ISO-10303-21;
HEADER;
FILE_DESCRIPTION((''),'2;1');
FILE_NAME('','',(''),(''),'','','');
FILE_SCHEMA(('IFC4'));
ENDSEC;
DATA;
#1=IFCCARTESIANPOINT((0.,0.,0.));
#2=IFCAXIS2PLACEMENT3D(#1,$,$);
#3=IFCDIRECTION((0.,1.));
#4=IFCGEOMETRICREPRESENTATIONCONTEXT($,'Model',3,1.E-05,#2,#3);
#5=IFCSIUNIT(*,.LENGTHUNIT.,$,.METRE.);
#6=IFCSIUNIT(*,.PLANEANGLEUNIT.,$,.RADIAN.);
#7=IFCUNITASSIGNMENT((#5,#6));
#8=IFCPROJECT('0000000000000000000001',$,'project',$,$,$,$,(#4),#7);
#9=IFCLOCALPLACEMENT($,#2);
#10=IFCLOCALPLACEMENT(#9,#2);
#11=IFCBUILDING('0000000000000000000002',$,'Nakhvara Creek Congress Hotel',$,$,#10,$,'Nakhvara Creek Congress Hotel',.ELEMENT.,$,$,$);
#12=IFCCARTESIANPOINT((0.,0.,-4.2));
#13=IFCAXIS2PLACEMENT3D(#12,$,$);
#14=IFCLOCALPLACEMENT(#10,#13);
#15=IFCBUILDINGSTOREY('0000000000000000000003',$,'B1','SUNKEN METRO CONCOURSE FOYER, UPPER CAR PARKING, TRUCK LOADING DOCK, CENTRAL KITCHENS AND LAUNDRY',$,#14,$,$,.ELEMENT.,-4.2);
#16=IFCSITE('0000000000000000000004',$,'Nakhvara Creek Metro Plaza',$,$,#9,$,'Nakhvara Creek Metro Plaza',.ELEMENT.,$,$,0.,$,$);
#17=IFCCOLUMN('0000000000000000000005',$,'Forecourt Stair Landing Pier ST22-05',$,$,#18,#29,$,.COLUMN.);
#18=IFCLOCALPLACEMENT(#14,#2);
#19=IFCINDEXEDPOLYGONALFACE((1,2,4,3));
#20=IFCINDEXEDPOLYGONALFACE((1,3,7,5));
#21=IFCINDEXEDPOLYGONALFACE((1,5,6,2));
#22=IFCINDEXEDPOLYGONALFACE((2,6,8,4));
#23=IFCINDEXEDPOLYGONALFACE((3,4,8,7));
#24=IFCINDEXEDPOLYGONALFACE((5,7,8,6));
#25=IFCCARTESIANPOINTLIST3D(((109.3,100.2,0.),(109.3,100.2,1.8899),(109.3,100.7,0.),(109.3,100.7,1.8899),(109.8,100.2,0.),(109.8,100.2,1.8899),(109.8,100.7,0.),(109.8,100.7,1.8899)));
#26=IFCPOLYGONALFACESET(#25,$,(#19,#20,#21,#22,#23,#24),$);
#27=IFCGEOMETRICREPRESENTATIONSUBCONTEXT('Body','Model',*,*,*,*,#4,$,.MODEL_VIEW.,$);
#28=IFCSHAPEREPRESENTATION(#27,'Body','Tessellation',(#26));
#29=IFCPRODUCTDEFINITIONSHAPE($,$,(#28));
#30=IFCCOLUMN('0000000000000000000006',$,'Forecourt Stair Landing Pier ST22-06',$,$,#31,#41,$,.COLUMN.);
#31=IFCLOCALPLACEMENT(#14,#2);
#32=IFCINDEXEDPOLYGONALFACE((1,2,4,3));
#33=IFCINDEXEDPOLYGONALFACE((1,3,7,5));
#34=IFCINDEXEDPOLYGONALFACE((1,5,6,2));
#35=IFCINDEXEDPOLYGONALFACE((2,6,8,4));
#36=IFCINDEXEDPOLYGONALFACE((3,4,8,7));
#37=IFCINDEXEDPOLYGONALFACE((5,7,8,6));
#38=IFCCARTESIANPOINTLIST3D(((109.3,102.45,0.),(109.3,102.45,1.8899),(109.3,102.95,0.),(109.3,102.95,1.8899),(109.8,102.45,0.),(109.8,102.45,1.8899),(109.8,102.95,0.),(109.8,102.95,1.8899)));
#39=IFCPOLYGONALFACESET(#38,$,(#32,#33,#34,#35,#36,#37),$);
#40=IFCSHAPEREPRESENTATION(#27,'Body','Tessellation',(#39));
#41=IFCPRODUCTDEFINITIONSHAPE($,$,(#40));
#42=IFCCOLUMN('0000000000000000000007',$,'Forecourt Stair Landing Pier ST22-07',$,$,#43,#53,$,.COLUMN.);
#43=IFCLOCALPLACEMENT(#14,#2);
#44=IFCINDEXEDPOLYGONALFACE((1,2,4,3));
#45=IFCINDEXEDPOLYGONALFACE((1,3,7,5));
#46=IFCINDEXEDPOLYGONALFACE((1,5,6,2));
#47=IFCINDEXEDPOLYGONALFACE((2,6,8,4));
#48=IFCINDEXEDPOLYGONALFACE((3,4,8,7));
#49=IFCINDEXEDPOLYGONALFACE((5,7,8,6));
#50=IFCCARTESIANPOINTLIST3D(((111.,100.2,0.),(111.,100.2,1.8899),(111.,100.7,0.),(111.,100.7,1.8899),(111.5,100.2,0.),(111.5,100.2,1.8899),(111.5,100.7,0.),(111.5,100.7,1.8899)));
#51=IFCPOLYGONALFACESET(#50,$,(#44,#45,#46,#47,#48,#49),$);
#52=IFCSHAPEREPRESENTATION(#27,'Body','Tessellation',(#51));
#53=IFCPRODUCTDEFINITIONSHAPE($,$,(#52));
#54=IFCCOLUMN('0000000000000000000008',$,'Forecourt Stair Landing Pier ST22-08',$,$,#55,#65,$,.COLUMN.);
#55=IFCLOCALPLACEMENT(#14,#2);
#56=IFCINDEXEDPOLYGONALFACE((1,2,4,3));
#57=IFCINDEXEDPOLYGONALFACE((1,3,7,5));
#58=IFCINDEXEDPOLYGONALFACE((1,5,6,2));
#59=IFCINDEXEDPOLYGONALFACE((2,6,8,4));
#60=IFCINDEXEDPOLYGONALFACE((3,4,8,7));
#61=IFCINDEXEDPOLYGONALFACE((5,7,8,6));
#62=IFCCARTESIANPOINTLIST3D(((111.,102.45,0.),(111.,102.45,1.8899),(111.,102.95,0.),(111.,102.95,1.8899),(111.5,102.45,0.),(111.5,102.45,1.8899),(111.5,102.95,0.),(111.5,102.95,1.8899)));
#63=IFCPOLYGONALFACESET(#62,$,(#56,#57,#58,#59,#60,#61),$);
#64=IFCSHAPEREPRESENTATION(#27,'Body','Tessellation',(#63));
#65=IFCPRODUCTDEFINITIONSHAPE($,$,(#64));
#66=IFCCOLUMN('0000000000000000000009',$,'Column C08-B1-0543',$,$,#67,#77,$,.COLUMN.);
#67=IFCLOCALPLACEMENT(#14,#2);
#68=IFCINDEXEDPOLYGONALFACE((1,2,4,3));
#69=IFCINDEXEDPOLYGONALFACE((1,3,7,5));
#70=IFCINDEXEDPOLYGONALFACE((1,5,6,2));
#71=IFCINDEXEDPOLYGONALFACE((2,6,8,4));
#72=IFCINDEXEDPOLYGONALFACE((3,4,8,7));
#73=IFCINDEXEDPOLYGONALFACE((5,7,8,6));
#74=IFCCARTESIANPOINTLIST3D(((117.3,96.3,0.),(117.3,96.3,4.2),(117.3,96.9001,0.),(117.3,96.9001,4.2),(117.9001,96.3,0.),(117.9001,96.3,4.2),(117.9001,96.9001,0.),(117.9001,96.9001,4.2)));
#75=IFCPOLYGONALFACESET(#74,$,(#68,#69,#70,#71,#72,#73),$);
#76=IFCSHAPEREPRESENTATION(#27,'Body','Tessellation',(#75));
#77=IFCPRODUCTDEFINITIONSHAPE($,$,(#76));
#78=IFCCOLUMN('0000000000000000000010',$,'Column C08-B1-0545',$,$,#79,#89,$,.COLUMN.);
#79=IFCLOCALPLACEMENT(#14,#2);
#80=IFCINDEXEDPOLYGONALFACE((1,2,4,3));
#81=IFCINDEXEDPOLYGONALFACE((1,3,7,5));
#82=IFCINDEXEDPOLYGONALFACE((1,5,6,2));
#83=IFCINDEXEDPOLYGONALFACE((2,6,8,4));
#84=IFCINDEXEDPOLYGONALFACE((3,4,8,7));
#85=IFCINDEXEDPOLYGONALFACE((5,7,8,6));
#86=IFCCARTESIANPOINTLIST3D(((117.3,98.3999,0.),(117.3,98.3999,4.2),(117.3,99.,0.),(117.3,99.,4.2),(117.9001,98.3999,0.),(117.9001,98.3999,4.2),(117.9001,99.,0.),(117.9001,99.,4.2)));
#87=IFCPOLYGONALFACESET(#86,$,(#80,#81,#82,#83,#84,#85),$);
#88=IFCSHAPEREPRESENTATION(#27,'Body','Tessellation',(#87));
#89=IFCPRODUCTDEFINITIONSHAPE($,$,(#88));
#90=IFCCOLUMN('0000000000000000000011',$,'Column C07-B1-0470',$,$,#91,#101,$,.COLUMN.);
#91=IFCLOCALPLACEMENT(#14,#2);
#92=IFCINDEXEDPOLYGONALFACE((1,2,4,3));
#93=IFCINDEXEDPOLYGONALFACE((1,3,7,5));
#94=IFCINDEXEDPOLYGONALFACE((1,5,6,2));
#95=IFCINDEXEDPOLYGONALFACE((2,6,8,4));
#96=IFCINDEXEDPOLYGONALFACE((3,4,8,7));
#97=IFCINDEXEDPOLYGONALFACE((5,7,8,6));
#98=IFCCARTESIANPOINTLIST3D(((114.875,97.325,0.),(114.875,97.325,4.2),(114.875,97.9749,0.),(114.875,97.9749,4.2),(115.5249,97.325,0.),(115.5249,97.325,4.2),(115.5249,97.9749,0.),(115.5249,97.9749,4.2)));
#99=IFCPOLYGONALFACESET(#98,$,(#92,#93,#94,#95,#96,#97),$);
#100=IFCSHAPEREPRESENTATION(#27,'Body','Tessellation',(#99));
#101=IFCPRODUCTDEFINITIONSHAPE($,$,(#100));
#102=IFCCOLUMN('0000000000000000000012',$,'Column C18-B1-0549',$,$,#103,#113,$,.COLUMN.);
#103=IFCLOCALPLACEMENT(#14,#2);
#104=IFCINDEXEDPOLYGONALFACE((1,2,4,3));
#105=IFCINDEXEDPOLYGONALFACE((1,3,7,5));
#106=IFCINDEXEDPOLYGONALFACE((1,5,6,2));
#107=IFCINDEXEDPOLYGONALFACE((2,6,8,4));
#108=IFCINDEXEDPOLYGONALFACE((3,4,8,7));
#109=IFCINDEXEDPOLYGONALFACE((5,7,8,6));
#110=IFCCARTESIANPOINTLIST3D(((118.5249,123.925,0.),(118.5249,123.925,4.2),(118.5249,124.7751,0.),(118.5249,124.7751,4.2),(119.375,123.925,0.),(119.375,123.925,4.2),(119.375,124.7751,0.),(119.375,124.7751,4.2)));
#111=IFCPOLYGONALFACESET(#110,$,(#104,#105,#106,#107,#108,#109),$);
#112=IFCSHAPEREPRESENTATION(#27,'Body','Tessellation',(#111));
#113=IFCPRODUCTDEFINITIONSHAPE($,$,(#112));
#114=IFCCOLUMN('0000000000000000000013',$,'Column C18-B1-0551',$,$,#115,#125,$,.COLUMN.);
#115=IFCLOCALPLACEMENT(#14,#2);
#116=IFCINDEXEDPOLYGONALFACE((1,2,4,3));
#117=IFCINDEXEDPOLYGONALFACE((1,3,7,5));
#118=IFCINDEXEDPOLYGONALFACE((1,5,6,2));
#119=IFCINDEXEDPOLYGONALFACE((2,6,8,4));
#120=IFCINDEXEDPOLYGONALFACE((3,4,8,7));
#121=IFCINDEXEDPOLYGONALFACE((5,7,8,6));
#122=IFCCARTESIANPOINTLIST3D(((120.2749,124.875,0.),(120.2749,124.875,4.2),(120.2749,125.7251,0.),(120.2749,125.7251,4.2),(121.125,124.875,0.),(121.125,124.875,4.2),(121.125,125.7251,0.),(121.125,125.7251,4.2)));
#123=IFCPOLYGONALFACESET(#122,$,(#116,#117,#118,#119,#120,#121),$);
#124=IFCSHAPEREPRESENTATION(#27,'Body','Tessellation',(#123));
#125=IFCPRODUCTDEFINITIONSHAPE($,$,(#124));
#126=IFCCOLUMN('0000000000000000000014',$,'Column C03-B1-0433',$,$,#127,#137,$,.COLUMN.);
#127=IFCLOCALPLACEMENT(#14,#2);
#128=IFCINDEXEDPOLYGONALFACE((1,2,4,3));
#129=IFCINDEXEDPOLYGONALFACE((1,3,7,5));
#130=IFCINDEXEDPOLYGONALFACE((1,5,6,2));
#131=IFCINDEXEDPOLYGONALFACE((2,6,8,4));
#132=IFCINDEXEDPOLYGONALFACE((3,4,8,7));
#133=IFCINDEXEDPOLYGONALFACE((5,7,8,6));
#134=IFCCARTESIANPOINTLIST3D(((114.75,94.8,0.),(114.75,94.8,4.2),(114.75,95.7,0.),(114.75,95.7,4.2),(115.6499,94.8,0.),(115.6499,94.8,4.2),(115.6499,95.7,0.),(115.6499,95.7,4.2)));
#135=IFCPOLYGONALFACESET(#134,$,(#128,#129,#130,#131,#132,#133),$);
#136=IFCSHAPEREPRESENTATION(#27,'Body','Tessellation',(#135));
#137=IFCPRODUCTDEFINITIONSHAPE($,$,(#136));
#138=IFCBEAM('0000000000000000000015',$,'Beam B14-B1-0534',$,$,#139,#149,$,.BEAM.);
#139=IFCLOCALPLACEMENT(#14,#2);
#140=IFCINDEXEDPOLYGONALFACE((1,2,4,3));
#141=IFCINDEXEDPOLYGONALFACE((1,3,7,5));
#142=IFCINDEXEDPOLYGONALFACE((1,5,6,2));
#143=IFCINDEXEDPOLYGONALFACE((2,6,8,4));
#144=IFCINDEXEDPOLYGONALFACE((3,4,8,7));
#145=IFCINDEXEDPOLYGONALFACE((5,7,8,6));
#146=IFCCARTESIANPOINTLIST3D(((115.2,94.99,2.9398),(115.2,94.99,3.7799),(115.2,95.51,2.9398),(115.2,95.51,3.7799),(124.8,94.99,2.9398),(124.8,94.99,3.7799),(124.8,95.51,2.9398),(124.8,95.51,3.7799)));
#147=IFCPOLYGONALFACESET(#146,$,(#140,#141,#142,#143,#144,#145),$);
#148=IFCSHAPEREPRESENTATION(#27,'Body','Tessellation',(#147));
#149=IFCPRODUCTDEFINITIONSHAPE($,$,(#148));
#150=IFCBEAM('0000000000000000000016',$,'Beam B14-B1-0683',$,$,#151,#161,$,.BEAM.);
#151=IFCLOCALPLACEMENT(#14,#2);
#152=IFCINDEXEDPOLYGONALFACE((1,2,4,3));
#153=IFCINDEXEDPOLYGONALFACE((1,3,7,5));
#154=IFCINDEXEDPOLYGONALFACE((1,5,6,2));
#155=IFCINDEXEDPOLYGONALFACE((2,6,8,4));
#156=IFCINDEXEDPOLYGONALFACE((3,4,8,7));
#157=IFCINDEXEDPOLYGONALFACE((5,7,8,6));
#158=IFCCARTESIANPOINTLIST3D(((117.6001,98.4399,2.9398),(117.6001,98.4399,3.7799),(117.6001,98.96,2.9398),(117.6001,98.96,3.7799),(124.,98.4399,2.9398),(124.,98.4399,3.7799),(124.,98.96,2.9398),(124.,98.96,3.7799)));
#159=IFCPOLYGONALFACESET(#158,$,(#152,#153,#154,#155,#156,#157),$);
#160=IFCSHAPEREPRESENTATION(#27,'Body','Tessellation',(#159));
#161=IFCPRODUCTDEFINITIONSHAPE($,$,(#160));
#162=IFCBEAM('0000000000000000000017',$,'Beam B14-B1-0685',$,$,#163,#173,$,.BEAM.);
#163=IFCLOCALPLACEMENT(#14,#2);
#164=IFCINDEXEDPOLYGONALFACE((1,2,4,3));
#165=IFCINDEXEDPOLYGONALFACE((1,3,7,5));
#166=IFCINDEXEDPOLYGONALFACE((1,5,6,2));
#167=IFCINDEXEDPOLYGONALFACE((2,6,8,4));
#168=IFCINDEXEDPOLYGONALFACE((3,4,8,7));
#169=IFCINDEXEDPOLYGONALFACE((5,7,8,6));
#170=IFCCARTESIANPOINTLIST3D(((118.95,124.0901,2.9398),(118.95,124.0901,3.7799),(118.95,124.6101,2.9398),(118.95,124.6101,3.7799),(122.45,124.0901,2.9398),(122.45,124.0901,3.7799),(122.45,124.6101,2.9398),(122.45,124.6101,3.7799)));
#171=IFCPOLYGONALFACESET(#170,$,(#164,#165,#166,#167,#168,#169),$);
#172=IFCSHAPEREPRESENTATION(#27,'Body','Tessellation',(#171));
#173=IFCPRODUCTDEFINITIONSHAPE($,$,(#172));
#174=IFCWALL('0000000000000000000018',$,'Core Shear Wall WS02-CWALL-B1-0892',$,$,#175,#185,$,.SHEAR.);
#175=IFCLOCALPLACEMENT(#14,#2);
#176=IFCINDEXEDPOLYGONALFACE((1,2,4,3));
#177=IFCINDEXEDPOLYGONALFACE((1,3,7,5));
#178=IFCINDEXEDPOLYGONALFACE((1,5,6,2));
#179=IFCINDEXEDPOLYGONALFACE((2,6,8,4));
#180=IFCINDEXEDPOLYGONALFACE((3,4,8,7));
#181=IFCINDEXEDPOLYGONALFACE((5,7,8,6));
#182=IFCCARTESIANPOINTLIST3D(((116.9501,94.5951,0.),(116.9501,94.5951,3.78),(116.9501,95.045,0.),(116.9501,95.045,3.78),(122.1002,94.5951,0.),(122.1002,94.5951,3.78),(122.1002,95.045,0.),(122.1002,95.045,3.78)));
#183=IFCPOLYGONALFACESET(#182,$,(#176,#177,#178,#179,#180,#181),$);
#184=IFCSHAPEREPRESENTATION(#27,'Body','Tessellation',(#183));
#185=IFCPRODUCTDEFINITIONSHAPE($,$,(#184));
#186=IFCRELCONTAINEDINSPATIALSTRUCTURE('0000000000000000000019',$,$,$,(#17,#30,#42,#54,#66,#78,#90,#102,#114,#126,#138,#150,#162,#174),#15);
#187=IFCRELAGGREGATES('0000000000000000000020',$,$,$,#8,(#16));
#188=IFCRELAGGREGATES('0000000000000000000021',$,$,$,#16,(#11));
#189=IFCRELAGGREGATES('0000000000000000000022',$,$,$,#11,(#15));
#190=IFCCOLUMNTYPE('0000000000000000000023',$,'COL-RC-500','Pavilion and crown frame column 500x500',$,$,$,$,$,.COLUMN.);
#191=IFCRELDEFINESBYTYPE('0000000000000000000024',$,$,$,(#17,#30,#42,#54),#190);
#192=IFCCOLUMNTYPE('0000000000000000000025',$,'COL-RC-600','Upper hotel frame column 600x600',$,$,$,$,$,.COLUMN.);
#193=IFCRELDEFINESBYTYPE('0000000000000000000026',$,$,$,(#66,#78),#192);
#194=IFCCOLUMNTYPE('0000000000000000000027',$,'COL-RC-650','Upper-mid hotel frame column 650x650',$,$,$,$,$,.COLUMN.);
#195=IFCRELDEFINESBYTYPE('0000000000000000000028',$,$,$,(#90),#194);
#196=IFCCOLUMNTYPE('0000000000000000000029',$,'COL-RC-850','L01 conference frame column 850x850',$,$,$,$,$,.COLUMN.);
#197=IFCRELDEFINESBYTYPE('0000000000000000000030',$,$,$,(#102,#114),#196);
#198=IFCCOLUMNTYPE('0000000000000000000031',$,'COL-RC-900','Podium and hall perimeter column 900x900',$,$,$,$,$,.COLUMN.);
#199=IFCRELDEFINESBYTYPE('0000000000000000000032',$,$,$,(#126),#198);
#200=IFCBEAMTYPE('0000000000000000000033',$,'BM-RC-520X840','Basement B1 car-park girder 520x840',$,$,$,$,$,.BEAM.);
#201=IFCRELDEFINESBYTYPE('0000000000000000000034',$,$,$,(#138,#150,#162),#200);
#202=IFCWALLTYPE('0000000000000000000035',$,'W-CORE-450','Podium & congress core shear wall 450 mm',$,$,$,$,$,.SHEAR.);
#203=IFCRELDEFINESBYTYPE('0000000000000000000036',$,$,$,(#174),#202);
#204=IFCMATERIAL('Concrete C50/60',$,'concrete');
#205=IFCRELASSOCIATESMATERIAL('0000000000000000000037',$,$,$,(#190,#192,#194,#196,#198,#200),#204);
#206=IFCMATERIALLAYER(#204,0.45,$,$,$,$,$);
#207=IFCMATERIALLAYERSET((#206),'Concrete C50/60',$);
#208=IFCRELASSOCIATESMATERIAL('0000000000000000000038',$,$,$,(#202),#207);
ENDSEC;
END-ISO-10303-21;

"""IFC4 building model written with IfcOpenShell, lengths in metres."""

from ifc_helpers import new_model, si_unit, direction, frame, frame_2d, origin, origin_2d, place, context, subcontext, project, spatial, rectangle, extrude, material, layer, layer_set, material_profile, profile_set, type_object, element, save


model = new_model("IFC4")

# Units and contexts
model_context = context("Model", 3, precision=1e-05, world=origin(), true_north=direction((0.0, 1.0)))
body_context = subcontext(model_context, "Body", "Model", "MODEL_VIEW")
ifc_project = project(units=[si_unit("LENGTHUNIT", "METRE"), si_unit("PLANEANGLEUNIT", "RADIAN")], contexts=[model_context])

# Site, building, storey
site_placement = place(None, origin())
site = spatial("IfcSite", under=ifc_project, at=site_placement, Name="Nakhvara Creek Metro Plaza", LongName="Nakhvara Creek Metro Plaza", CompositionType="ELEMENT", RefElevation=0.0)
building_placement = place(site_placement, origin())
building = spatial("IfcBuilding", under=site, at=building_placement, Name="Nakhvara Creek Congress Hotel", LongName="Nakhvara Creek Congress Hotel", CompositionType="ELEMENT")
storey_placement = place(building_placement, frame((0.0, 0.0, -4.2)))
storey = spatial("IfcBuildingStorey", under=building, at=storey_placement, Name="B1", Description="SUNKEN METRO CONCOURSE FOYER, UPPER CAR PARKING, TRUCK LOADING DOCK, CENTRAL KITCHENS AND LAUNDRY", CompositionType="ELEMENT", Elevation=-4.2)

# Columns
ifc_material_1 = material(Name="Concrete C50/60", Category="concrete")
ifc_material_profile_1 = material_profile(ifc_material_1, rectangle(XDim=0.5, YDim=0.5, at=origin_2d()), Name="RC-COL 500x500", Category="LoadBearing")
ifc_profile_set_1 = profile_set([ifc_material_profile_1], Name="Concrete C50/60")
column_type_1 = type_object("IfcColumnType", Name="COL-RC-500", Description="Pavilion and crown frame column 500x500", PredefinedType="COLUMN", material=ifc_profile_set_1)
for number, where, z_axis, x_axis, name in (
    (1, (109.55, 100.45, 0.0), (0.0, 0.0, 1.0), (1.0, 0.0, 0.0), "Forecourt Stair Landing Pier ST22-05"),
    (2, (109.55, 102.7, 0.0), (0.0, 0.0, 1.0), (1.0, 0.0, 0.0), "Forecourt Stair Landing Pier ST22-06"),
    (3, (111.25, 100.45, 0.0), (0.0, 0.0, 1.0), (1.0, 0.0, 0.0), "Forecourt Stair Landing Pier ST22-07"),
    (4, (111.25, 102.7, 0.0), (0.0, 0.0, 1.0), (1.0, 0.0, 0.0), "Forecourt Stair Landing Pier ST22-08"),
):
    element("IfcColumn", number, at=place(storey_placement, frame(where, z_axis=z_axis, x_axis=x_axis)), inside=storey, type_object=column_type_1, Name=name, PredefinedType="COLUMN", context=body_context, shape_type="SweptSolid", body=[
        extrude(rectangle(XDim=0.5, YDim=0.5, at=origin_2d()), origin(), (0.0, 0.0, 1.0), 1.8899),
    ])
ifc_material_profile_2 = material_profile(ifc_material_1, rectangle(XDim=0.6001, YDim=0.6001, at=origin_2d()), Name="RC-COL 600x600", Category="LoadBearing")
ifc_profile_set_2 = profile_set([ifc_material_profile_2], Name="Concrete C50/60")
column_type_2 = type_object("IfcColumnType", Name="COL-RC-600", Description="Upper hotel frame column 600x600", PredefinedType="COLUMN", material=ifc_profile_set_2)
for number, where, z_axis, x_axis, name in (
    (5, (117.6001, 96.6001, 0.0), (0.0, 0.0, 1.0), (1.0, 0.0, 0.0), "Column C08-B1-0543"),
    (6, (117.6001, 98.7, 0.0), (0.0, 0.0, 1.0), (1.0, 0.0, 0.0), "Column C08-B1-0545"),
):
    element("IfcColumn", number, at=place(storey_placement, frame(where, z_axis=z_axis, x_axis=x_axis)), inside=storey, type_object=column_type_2, Name=name, PredefinedType="COLUMN", context=body_context, shape_type="SweptSolid", body=[
        extrude(rectangle(XDim=0.6001, YDim=0.6001, at=origin_2d()), origin(), (0.0, 0.0, 1.0), 4.2),
    ])
ifc_material_profile_3 = material_profile(ifc_material_1, rectangle(XDim=0.6499, YDim=0.6499, at=origin_2d()), Name="RC-COL 650x650", Category="LoadBearing")
ifc_profile_set_3 = profile_set([ifc_material_profile_3], Name="Concrete C50/60")
column_type_3 = type_object("IfcColumnType", Name="COL-RC-650", Description="Upper-mid hotel frame column 650x650", PredefinedType="COLUMN", material=ifc_profile_set_3)
column_1_placement = place(storey_placement, frame((115.2, 97.6499, 0.0), z_axis=(0.0, 0.0, 1.0), x_axis=(1.0, 0.0, 0.0)))
element("IfcColumn", 7, at=column_1_placement, inside=storey, type_object=column_type_3, Name="Column C07-B1-0470", PredefinedType="COLUMN", context=body_context, shape_type="SweptSolid", body=[
    extrude(rectangle(XDim=0.6499, YDim=0.6499, at=origin_2d()), origin(), (0.0, 0.0, 1.0), 4.2),
])
ifc_material_profile_4 = material_profile(ifc_material_1, rectangle(XDim=0.8501, YDim=0.8501, at=origin_2d()), Name="RC-COL 850x850", Category="LoadBearing")
ifc_profile_set_4 = profile_set([ifc_material_profile_4], Name="Concrete C50/60")
column_type_4 = type_object("IfcColumnType", Name="COL-RC-850", Description="L01 conference frame column 850x850", PredefinedType="COLUMN", material=ifc_profile_set_4)
for number, where, z_axis, x_axis, name in (
    (8, (118.95, 124.3501, 0.0), (0.0, 0.0, 1.0), (1.0, 0.0, 0.0), "Column C18-B1-0549"),
    (9, (120.7, 125.3, 0.0), (0.0, 0.0, 1.0), (1.0, 0.0, 0.0), "Column C18-B1-0551"),
):
    element("IfcColumn", number, at=place(storey_placement, frame(where, z_axis=z_axis, x_axis=x_axis)), inside=storey, type_object=column_type_4, Name=name, PredefinedType="COLUMN", context=body_context, shape_type="SweptSolid", body=[
        extrude(rectangle(XDim=0.8501, YDim=0.8501, at=origin_2d()), origin(), (0.0, 0.0, 1.0), 4.2),
    ])
ifc_material_profile_5 = material_profile(ifc_material_1, rectangle(XDim=0.8999, YDim=0.8999, at=origin_2d()), Name="RC-COL 900x900", Category="LoadBearing")
ifc_profile_set_5 = profile_set([ifc_material_profile_5], Name="Concrete C50/60")
column_type_5 = type_object("IfcColumnType", Name="COL-RC-900", Description="Podium and hall perimeter column 900x900", PredefinedType="COLUMN", material=ifc_profile_set_5)
column_2_placement = place(storey_placement, frame((115.2, 95.25, 0.0), z_axis=(0.0, 0.0, 1.0), x_axis=(1.0, 0.0, 0.0)))
element("IfcColumn", 10, at=column_2_placement, inside=storey, type_object=column_type_5, Name="Column C03-B1-0433", PredefinedType="COLUMN", context=body_context, shape_type="SweptSolid", body=[
    extrude(rectangle(XDim=0.8999, YDim=0.8999, at=origin_2d()), origin(), (0.0, 0.0, 1.0), 4.2),
])

# Beams
ifc_material_profile_6 = material_profile(ifc_material_1, rectangle(XDim=0.52, YDim=0.8401, at=origin_2d()), Name="RC-BM 520x840", Category="LoadBearing")
ifc_profile_set_6 = profile_set([ifc_material_profile_6], Name="Concrete C50/60")
beam_type = type_object("IfcBeamType", Name="BM-RC-520X840", Description="Basement B1 car-park girder 520x840", PredefinedType="BEAM", material=ifc_profile_set_6)
beam_1_placement = place(storey_placement, frame((115.2, 95.25, 3.3599), z_axis=(1.0, 0.0, 0.0), x_axis=(0.0, 1.0, 0.0)))
element("IfcBeam", 11, at=beam_1_placement, inside=storey, type_object=beam_type, Name="Beam B14-B1-0534", PredefinedType="BEAM", context=body_context, shape_type="SweptSolid", body=[
    extrude(rectangle(XDim=0.52, YDim=0.8401, at=origin_2d()), origin(), (0.0, 0.0, 1.0), 9.6001),
])
beam_2_placement = place(storey_placement, frame((117.6001, 98.7, 3.3599), z_axis=(1.0, 0.0, 0.0), x_axis=(0.0, 1.0, 0.0)))
element("IfcBeam", 12, at=beam_2_placement, inside=storey, type_object=beam_type, Name="Beam B14-B1-0683", PredefinedType="BEAM", context=body_context, shape_type="SweptSolid", body=[
    extrude(rectangle(XDim=0.52, YDim=0.8401, at=origin_2d()), origin(), (0.0, 0.0, 1.0), 6.3999),
])
beam_3_placement = place(storey_placement, frame((118.95, 124.3501, 3.3599), z_axis=(1.0, 0.0, 0.0), x_axis=(0.0, 1.0, 0.0)))
element("IfcBeam", 13, at=beam_3_placement, inside=storey, type_object=beam_type, Name="Beam B14-B1-0685", PredefinedType="BEAM", context=body_context, shape_type="SweptSolid", body=[
    extrude(rectangle(XDim=0.52, YDim=0.8401, at=origin_2d()), origin(), (0.0, 0.0, 1.0), 3.5),
])

# Wall
ifc_layer_1 = layer(ifc_material_1, 0.45)
ifc_layer_set_1 = layer_set([ifc_layer_1], Name="Concrete C50/60")
wall_type = type_object("IfcWallType", Name="W-CORE-450", Description="Podium & congress core shear wall 450 mm", PredefinedType="SHEAR", material=ifc_layer_set_1)
wall_placement = place(storey_placement, frame((116.95, 94.8201, 0.0), z_axis=(0.0, 0.0, 1.0), x_axis=(1.0, 0.0, 0.0)))
element("IfcWall", 14, at=wall_placement, inside=storey, type_object=wall_type, Name="Core Shear Wall WS02-CWALL-B1-0892", PredefinedType="SHEAR", context=body_context, shape_type="SweptSolid", body=[
    extrude(rectangle(XDim=5.1501, YDim=0.45, at=frame_2d((2.5752, 0.0))), origin(), (0.0, 0.0, 1.0), 3.78),
])

save(model, "model.ifc")
